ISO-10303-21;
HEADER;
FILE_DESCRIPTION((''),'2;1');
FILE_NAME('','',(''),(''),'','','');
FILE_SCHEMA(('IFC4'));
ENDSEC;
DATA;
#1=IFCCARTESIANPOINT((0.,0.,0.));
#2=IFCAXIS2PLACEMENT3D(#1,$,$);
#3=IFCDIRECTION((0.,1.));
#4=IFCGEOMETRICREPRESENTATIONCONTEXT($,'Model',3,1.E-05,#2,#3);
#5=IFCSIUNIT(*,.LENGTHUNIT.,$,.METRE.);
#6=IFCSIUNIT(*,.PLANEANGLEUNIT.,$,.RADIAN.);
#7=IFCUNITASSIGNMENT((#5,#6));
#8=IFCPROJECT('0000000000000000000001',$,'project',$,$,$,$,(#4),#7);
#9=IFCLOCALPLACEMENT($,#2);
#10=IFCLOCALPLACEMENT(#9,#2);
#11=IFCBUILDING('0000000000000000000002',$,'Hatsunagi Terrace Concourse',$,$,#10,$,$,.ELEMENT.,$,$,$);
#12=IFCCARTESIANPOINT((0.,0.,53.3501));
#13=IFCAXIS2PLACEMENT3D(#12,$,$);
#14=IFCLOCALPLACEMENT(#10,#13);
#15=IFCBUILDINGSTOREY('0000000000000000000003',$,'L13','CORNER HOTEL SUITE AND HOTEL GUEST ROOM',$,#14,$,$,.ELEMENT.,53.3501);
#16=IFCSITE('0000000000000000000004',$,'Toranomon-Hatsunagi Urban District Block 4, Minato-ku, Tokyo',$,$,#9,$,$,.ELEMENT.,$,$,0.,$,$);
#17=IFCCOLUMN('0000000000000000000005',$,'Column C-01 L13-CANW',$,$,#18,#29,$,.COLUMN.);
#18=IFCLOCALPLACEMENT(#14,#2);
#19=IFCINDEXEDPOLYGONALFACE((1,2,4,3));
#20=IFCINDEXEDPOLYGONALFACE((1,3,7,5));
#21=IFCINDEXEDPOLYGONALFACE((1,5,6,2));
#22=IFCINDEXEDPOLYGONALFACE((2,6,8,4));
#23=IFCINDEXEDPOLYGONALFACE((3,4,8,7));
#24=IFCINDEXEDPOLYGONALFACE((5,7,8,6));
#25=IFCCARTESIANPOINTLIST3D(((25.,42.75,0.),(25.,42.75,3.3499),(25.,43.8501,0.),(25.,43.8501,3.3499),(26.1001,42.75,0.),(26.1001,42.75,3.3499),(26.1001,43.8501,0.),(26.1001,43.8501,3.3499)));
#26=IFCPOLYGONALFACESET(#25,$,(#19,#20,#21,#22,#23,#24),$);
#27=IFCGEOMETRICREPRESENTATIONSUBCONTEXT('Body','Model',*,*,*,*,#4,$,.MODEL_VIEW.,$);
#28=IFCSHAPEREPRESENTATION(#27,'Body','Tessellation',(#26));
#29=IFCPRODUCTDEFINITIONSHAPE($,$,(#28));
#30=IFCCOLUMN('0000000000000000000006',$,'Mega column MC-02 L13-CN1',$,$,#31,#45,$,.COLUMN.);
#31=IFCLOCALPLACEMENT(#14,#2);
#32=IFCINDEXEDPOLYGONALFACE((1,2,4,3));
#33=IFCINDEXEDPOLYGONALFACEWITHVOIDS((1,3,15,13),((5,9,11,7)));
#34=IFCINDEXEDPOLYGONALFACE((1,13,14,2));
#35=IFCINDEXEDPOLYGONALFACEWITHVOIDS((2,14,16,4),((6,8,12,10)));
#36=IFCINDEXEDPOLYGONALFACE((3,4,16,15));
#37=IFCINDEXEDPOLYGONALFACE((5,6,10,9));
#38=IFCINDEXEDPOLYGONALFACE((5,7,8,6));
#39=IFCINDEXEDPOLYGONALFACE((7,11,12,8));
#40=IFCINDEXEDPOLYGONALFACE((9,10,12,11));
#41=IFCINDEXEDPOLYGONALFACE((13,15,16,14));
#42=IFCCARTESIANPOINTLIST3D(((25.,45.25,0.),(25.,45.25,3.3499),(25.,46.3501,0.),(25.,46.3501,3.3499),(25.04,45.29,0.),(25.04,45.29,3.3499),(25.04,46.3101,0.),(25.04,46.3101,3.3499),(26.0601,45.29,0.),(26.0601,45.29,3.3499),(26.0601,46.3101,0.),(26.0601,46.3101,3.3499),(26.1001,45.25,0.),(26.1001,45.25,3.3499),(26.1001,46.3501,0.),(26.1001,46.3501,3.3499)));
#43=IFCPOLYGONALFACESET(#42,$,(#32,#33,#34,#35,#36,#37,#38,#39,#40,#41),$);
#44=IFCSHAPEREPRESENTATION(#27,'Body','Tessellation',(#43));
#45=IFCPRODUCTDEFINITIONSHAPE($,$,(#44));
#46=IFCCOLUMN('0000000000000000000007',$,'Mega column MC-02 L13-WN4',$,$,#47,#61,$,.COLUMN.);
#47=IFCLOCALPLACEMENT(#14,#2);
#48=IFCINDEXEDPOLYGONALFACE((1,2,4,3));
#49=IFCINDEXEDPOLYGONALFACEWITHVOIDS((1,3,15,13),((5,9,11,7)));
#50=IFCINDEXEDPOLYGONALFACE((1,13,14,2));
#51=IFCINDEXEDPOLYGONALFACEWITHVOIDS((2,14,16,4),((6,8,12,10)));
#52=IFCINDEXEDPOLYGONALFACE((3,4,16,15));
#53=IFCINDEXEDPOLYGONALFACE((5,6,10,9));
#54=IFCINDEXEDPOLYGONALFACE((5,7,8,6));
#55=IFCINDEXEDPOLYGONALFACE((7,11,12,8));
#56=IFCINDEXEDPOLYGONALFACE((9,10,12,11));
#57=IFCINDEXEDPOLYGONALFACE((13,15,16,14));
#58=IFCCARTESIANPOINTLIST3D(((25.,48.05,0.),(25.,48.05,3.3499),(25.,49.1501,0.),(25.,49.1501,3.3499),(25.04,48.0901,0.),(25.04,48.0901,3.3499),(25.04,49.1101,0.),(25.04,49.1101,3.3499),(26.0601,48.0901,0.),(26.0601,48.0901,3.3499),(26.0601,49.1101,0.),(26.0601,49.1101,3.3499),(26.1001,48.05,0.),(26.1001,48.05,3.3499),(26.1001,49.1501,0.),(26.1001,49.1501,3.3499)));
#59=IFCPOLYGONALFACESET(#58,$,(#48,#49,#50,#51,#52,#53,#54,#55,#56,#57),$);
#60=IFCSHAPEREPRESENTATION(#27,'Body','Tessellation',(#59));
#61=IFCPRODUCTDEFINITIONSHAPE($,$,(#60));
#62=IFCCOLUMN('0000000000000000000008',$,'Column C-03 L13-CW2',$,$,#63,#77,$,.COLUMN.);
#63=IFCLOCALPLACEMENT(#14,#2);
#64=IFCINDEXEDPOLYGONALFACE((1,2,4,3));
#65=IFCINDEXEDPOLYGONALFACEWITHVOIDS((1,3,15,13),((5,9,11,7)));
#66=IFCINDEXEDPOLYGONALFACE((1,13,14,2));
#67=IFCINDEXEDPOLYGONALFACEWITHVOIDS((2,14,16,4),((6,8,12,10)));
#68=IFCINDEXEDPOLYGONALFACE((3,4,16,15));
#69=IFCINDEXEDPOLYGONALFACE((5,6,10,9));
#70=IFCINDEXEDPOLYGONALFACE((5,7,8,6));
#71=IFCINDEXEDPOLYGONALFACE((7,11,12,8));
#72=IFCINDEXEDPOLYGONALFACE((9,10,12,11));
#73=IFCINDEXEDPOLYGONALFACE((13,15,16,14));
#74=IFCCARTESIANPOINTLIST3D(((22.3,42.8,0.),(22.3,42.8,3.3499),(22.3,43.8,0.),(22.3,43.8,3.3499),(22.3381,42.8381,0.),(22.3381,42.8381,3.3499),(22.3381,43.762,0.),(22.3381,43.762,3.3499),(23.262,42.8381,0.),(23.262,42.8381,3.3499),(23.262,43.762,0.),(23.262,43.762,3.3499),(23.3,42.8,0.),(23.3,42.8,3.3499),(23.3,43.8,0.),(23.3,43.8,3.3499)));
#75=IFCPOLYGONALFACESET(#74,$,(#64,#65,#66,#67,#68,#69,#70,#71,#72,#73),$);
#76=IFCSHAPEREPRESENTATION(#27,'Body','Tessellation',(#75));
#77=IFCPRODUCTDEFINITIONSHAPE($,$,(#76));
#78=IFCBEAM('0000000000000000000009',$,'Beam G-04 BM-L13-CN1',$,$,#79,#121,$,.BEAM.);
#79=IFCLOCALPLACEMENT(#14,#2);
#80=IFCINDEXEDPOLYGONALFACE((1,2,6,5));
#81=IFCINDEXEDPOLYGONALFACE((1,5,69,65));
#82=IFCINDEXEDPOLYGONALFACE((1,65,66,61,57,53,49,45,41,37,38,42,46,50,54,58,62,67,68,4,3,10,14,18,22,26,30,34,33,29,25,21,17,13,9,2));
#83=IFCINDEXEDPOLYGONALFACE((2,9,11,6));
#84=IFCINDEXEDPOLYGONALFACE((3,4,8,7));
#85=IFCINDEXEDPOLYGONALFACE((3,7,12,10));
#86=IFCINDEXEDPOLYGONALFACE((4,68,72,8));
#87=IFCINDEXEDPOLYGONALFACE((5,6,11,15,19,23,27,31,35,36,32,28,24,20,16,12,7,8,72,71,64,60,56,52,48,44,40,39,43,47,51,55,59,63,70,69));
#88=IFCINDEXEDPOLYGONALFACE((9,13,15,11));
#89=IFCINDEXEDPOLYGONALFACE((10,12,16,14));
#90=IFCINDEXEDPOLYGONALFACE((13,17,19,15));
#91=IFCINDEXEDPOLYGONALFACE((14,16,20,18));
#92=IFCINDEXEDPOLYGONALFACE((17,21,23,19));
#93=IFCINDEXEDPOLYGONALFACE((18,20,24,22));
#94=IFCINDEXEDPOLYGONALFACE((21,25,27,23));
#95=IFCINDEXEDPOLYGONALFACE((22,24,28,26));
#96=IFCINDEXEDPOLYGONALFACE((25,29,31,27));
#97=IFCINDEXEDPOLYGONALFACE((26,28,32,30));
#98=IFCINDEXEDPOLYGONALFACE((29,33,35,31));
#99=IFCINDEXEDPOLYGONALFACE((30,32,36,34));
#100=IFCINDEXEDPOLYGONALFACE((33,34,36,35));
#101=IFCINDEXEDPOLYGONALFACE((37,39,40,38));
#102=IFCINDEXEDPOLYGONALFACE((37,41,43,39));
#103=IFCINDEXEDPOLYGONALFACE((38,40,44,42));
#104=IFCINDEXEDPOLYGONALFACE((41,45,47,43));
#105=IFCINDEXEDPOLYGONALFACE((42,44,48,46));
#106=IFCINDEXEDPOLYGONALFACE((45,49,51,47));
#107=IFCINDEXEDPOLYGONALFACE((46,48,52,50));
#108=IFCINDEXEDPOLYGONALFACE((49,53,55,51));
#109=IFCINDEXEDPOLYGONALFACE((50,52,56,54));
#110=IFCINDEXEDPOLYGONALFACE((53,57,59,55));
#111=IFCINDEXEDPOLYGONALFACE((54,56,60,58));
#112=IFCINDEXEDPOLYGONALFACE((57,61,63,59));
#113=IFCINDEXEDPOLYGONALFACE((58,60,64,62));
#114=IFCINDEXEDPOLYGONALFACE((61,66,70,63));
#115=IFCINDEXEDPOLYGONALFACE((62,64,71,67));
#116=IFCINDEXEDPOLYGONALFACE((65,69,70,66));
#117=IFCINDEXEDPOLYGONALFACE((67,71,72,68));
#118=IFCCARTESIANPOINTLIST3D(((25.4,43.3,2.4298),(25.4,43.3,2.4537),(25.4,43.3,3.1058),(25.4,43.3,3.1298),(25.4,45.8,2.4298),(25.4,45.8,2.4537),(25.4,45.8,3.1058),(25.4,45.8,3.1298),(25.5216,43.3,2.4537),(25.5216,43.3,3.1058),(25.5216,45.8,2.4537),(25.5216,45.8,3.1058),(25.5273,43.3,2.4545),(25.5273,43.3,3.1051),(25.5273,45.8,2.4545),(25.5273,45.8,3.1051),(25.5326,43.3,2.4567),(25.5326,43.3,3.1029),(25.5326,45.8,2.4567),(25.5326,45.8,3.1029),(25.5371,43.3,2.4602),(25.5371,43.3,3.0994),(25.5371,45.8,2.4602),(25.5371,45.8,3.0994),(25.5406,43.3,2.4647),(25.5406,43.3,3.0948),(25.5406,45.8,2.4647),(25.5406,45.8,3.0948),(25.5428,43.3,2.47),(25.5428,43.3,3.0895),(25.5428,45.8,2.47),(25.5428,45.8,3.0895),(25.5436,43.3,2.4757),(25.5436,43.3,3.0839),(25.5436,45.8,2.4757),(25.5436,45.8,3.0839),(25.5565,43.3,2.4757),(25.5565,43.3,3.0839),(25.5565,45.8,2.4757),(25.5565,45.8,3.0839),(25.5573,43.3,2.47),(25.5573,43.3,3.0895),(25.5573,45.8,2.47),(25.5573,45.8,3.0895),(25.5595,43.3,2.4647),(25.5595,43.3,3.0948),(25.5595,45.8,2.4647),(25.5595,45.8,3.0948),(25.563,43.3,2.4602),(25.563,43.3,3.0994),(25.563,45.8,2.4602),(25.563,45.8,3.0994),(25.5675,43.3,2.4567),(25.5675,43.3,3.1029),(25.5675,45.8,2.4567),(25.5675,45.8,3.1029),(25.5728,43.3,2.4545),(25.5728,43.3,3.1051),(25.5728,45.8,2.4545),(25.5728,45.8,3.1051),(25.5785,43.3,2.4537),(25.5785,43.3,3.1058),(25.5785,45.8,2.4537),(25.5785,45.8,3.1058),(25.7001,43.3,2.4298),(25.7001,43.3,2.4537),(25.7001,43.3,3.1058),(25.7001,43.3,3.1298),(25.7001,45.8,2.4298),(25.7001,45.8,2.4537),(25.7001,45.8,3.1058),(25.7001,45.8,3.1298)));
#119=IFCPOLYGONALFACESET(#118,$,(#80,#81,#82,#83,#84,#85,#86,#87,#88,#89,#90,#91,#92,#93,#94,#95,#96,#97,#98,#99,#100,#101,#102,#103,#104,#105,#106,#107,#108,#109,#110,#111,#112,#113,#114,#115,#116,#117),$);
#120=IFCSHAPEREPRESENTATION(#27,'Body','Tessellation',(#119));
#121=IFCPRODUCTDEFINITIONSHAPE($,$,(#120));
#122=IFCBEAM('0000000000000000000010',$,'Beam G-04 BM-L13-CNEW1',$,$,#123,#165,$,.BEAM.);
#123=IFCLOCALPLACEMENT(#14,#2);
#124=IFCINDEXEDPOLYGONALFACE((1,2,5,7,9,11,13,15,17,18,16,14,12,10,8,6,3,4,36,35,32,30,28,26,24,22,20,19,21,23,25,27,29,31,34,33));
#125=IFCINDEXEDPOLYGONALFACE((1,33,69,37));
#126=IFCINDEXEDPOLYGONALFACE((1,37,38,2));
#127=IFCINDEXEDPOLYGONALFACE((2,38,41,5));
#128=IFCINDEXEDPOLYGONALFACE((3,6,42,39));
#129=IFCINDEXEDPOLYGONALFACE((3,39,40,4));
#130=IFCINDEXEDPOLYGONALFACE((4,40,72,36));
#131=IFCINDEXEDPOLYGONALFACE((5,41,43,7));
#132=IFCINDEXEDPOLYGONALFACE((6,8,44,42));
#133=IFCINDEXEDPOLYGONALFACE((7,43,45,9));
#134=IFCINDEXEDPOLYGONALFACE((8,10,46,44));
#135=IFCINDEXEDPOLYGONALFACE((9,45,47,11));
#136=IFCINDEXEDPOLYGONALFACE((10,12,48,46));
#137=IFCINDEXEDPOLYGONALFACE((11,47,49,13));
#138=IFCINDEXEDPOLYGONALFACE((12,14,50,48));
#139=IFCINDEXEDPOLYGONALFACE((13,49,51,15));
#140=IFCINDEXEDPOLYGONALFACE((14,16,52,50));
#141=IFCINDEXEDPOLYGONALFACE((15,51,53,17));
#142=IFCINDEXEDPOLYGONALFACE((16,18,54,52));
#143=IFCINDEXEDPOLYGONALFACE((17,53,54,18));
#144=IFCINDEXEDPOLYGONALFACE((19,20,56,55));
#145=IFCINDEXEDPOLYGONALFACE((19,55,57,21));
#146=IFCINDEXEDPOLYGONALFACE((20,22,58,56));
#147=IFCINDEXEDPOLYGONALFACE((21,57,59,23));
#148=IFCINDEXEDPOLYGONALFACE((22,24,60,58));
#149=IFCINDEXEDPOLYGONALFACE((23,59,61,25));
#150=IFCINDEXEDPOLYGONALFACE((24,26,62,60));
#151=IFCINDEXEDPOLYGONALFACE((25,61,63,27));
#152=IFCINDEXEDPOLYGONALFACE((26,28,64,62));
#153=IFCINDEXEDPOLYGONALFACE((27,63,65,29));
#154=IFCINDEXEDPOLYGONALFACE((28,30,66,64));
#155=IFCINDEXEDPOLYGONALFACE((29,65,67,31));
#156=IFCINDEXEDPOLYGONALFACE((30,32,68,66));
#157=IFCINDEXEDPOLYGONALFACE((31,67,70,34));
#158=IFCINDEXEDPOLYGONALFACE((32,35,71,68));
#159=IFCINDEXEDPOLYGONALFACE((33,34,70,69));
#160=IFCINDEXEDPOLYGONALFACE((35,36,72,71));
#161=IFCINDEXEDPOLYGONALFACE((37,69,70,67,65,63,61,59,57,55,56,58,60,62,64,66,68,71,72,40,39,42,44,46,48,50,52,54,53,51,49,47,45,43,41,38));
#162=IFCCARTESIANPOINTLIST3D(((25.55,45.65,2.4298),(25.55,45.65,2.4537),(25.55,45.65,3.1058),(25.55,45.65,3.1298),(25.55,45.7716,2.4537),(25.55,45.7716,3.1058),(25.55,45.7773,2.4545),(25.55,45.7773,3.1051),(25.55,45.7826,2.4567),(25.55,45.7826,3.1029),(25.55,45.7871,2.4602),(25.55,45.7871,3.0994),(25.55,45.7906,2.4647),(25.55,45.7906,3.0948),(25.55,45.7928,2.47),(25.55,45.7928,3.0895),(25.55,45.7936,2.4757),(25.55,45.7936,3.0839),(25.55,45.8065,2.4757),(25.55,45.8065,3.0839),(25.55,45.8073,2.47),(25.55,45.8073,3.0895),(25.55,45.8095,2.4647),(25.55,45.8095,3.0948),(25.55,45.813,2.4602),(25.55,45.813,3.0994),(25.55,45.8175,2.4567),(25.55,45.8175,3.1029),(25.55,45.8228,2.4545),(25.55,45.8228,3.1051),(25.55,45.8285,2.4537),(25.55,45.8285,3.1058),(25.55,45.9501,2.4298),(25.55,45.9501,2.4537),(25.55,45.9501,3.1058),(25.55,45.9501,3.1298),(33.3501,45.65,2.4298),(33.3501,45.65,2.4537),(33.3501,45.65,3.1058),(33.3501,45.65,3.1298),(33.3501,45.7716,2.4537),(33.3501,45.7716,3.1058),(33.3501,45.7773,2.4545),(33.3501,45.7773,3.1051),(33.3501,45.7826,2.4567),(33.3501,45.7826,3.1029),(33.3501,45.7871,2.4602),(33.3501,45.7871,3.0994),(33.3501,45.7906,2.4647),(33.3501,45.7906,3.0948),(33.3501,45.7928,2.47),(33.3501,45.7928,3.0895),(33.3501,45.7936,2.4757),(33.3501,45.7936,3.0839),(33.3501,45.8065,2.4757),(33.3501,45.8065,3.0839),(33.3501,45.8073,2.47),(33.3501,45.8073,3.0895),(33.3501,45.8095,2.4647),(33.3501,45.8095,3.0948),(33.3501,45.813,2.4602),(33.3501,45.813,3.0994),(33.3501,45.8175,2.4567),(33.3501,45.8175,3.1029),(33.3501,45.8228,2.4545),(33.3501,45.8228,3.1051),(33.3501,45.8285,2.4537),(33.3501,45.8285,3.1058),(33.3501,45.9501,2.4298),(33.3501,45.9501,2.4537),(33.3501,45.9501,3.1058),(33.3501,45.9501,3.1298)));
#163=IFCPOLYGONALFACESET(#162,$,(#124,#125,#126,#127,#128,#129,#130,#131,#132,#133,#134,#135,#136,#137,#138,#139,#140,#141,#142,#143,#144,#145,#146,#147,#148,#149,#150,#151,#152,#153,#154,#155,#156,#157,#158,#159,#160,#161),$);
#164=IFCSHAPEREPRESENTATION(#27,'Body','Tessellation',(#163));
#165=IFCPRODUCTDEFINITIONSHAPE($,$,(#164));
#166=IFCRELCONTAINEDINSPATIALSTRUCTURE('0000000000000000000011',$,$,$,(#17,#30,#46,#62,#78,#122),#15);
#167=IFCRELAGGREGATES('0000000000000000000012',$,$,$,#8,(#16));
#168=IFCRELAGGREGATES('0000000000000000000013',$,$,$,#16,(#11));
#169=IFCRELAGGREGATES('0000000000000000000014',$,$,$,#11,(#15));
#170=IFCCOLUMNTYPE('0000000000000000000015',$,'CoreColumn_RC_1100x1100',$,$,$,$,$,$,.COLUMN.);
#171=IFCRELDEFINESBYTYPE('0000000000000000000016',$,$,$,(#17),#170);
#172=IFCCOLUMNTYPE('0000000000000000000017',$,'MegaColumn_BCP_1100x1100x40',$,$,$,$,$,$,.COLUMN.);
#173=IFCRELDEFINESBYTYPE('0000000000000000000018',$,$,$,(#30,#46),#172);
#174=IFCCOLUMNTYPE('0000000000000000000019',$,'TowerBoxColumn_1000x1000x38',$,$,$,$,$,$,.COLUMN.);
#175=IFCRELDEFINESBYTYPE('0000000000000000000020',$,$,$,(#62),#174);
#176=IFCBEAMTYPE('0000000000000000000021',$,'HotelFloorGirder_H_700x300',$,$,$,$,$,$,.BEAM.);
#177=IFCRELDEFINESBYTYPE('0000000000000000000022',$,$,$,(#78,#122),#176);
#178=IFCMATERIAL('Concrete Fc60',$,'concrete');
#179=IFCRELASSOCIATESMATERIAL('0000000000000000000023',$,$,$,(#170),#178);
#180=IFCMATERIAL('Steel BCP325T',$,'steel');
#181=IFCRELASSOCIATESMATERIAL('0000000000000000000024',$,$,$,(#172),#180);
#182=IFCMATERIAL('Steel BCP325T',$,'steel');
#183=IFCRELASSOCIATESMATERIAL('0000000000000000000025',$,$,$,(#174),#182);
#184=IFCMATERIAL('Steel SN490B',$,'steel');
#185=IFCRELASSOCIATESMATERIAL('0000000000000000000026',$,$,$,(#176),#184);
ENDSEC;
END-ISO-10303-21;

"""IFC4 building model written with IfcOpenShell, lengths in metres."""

from ifc_helpers import new_model, si_unit, direction, frame, origin, origin_2d, place, context, subcontext, project, spatial, rectangle, hollow_rectangle, i_section, extrude, material, material_profile, profile_set, type_object, element, save


model = new_model("IFC4")

# Units and contexts
model_context = context("Model", 3, precision=1e-05, world=origin(), true_north=direction((0.0, 1.0)))
body_context = subcontext(model_context, "Body", "Model", "MODEL_VIEW")
ifc_project = project(units=[si_unit("LENGTHUNIT", "METRE"), si_unit("PLANEANGLEUNIT", "RADIAN")], contexts=[model_context])

# Site, building, storey
site_placement = place(None, origin())
site = spatial("IfcSite", under=ifc_project, at=site_placement, Name="Toranomon-Hatsunagi Urban District Block 4, Minato-ku, Tokyo", CompositionType="ELEMENT", RefElevation=0.0)
building_placement = place(site_placement, origin())
building = spatial("IfcBuilding", under=site, at=building_placement, Name="Hatsunagi Terrace Concourse", CompositionType="ELEMENT")
storey_placement = place(building_placement, frame((0.0, 0.0, 53.3501)))
storey = spatial("IfcBuildingStorey", under=building, at=storey_placement, Name="L13", Description="CORNER HOTEL SUITE AND HOTEL GUEST ROOM", CompositionType="ELEMENT", Elevation=53.3501)

# Columns
ifc_material_1 = material(Name="Concrete Fc60", Category="concrete")
ifc_material_profile_1 = material_profile(ifc_material_1, rectangle(XDim=1.1001, YDim=1.1001, at=origin_2d()), Name="RC-1100x1100")
ifc_profile_set_1 = profile_set([ifc_material_profile_1], Name="Concrete Fc60")
column_type_1 = type_object("IfcColumnType", Name="CoreColumn_RC_1100x1100", PredefinedType="COLUMN", material=ifc_profile_set_1)
column_1_placement = place(storey_placement, frame((25.55, 43.3, 0.0), z_axis=(0.0, 0.0, 1.0), x_axis=(1.0, 0.0, 0.0)))
element("IfcColumn", 1, at=column_1_placement, inside=storey, type_object=column_type_1, Name="Column C-01 L13-CANW", PredefinedType="COLUMN", context=body_context, shape_type="SweptSolid", body=[
    extrude(rectangle(XDim=1.1001, YDim=1.1001, at=origin_2d()), origin(), (0.0, 0.0, 1.0), 3.3499),
])
ifc_material_2 = material(Name="Steel BCP325T", Category="steel")
ifc_material_profile_2 = material_profile(ifc_material_2, hollow_rectangle(XDim=1.1001, YDim=1.1001, WallThickness=0.04, at=origin_2d()), Name="BCP-1100x1100x40")
ifc_profile_set_2 = profile_set([ifc_material_profile_2], Name="Steel BCP325T")
column_type_2 = type_object("IfcColumnType", Name="MegaColumn_BCP_1100x1100x40", PredefinedType="COLUMN", material=ifc_profile_set_2)
for number, where, z_axis, x_axis, name in (
    (2, (25.55, 45.8, 0.0), (0.0, 0.0, 1.0), (1.0, 0.0, 0.0), "Mega column MC-02 L13-CN1"),
    (3, (25.55, 48.6001, 0.0), (0.0, 0.0, 1.0), (1.0, 0.0, 0.0), "Mega column MC-02 L13-WN4"),
):
    element("IfcColumn", number, at=place(storey_placement, frame(where, z_axis=z_axis, x_axis=x_axis)), inside=storey, type_object=column_type_2, Name=name, PredefinedType="COLUMN", context=body_context, shape_type="SweptSolid", body=[
        extrude(hollow_rectangle(XDim=1.1001, YDim=1.1001, WallThickness=0.04, at=origin_2d()), origin(), (0.0, 0.0, 1.0), 3.3499),
    ])
ifc_material_3 = material(Name="Steel BCP325T", Category="steel")
ifc_material_profile_3 = material_profile(ifc_material_3, hollow_rectangle(XDim=1.0, YDim=1.0, WallThickness=0.0381, at=origin_2d()), Name="BCP-1000x1000x38")
ifc_profile_set_3 = profile_set([ifc_material_profile_3], Name="Steel BCP325T")
column_type_3 = type_object("IfcColumnType", Name="TowerBoxColumn_1000x1000x38", PredefinedType="COLUMN", material=ifc_profile_set_3)
column_2_placement = place(storey_placement, frame((22.8, 43.3, 0.0), z_axis=(0.0, 0.0, 1.0), x_axis=(1.0, 0.0, 0.0)))
element("IfcColumn", 4, at=column_2_placement, inside=storey, type_object=column_type_3, Name="Column C-03 L13-CW2", PredefinedType="COLUMN", context=body_context, shape_type="SweptSolid", body=[
    extrude(hollow_rectangle(XDim=1.0, YDim=1.0, WallThickness=0.0381, at=origin_2d()), origin(), (0.0, 0.0, 1.0), 3.3499),
])

# Beams
ifc_material_4 = material(Name="Steel SN490B", Category="steel")
ifc_material_profile_4 = material_profile(ifc_material_4, i_section(OverallWidth=0.3, OverallDepth=0.7, WebThickness=0.0129, FlangeThickness=0.0239, FilletRadius=0.022, at=origin_2d()), Name="H-700x300x13x24")
ifc_profile_set_4 = profile_set([ifc_material_profile_4], Name="Steel SN490B")
beam_type_1 = type_object("IfcBeamType", Name="HotelFloorGirder_H_700x300", PredefinedType="BEAM", material=ifc_profile_set_4)
beam_1_placement = place(storey_placement, frame((25.55, 43.3, 2.7798), z_axis=(0.0, 1.0, 0.0), x_axis=(-1.0, 0.0, 0.0)))
element("IfcBeam", 5, at=beam_1_placement, inside=storey, type_object=beam_type_1, Name="Beam G-04 BM-L13-CN1", PredefinedType="BEAM", context=body_context, shape_type="SweptSolid", body=[
    extrude(i_section(OverallWidth=0.3, OverallDepth=0.7, WebThickness=0.0129, FlangeThickness=0.0239, FilletRadius=0.022, at=origin_2d()), origin(), (0.0, 0.0, 1.0), 2.5),
])
beam_2_placement = place(storey_placement, frame((25.55, 45.8, 2.7798), z_axis=(1.0, 0.0, 0.0), x_axis=(0.0, 1.0, 0.0)))
element("IfcBeam", 6, at=beam_2_placement, inside=storey, type_object=beam_type_1, Name="Beam G-04 BM-L13-CNEW1", PredefinedType="BEAM", context=body_context, shape_type="SweptSolid", body=[
    extrude(i_section(OverallWidth=0.3, OverallDepth=0.7, WebThickness=0.0129, FlangeThickness=0.0239, FilletRadius=0.022, at=origin_2d()), origin(), (0.0, 0.0, 1.0), 7.8),
])

save(model, "model.ifc")
